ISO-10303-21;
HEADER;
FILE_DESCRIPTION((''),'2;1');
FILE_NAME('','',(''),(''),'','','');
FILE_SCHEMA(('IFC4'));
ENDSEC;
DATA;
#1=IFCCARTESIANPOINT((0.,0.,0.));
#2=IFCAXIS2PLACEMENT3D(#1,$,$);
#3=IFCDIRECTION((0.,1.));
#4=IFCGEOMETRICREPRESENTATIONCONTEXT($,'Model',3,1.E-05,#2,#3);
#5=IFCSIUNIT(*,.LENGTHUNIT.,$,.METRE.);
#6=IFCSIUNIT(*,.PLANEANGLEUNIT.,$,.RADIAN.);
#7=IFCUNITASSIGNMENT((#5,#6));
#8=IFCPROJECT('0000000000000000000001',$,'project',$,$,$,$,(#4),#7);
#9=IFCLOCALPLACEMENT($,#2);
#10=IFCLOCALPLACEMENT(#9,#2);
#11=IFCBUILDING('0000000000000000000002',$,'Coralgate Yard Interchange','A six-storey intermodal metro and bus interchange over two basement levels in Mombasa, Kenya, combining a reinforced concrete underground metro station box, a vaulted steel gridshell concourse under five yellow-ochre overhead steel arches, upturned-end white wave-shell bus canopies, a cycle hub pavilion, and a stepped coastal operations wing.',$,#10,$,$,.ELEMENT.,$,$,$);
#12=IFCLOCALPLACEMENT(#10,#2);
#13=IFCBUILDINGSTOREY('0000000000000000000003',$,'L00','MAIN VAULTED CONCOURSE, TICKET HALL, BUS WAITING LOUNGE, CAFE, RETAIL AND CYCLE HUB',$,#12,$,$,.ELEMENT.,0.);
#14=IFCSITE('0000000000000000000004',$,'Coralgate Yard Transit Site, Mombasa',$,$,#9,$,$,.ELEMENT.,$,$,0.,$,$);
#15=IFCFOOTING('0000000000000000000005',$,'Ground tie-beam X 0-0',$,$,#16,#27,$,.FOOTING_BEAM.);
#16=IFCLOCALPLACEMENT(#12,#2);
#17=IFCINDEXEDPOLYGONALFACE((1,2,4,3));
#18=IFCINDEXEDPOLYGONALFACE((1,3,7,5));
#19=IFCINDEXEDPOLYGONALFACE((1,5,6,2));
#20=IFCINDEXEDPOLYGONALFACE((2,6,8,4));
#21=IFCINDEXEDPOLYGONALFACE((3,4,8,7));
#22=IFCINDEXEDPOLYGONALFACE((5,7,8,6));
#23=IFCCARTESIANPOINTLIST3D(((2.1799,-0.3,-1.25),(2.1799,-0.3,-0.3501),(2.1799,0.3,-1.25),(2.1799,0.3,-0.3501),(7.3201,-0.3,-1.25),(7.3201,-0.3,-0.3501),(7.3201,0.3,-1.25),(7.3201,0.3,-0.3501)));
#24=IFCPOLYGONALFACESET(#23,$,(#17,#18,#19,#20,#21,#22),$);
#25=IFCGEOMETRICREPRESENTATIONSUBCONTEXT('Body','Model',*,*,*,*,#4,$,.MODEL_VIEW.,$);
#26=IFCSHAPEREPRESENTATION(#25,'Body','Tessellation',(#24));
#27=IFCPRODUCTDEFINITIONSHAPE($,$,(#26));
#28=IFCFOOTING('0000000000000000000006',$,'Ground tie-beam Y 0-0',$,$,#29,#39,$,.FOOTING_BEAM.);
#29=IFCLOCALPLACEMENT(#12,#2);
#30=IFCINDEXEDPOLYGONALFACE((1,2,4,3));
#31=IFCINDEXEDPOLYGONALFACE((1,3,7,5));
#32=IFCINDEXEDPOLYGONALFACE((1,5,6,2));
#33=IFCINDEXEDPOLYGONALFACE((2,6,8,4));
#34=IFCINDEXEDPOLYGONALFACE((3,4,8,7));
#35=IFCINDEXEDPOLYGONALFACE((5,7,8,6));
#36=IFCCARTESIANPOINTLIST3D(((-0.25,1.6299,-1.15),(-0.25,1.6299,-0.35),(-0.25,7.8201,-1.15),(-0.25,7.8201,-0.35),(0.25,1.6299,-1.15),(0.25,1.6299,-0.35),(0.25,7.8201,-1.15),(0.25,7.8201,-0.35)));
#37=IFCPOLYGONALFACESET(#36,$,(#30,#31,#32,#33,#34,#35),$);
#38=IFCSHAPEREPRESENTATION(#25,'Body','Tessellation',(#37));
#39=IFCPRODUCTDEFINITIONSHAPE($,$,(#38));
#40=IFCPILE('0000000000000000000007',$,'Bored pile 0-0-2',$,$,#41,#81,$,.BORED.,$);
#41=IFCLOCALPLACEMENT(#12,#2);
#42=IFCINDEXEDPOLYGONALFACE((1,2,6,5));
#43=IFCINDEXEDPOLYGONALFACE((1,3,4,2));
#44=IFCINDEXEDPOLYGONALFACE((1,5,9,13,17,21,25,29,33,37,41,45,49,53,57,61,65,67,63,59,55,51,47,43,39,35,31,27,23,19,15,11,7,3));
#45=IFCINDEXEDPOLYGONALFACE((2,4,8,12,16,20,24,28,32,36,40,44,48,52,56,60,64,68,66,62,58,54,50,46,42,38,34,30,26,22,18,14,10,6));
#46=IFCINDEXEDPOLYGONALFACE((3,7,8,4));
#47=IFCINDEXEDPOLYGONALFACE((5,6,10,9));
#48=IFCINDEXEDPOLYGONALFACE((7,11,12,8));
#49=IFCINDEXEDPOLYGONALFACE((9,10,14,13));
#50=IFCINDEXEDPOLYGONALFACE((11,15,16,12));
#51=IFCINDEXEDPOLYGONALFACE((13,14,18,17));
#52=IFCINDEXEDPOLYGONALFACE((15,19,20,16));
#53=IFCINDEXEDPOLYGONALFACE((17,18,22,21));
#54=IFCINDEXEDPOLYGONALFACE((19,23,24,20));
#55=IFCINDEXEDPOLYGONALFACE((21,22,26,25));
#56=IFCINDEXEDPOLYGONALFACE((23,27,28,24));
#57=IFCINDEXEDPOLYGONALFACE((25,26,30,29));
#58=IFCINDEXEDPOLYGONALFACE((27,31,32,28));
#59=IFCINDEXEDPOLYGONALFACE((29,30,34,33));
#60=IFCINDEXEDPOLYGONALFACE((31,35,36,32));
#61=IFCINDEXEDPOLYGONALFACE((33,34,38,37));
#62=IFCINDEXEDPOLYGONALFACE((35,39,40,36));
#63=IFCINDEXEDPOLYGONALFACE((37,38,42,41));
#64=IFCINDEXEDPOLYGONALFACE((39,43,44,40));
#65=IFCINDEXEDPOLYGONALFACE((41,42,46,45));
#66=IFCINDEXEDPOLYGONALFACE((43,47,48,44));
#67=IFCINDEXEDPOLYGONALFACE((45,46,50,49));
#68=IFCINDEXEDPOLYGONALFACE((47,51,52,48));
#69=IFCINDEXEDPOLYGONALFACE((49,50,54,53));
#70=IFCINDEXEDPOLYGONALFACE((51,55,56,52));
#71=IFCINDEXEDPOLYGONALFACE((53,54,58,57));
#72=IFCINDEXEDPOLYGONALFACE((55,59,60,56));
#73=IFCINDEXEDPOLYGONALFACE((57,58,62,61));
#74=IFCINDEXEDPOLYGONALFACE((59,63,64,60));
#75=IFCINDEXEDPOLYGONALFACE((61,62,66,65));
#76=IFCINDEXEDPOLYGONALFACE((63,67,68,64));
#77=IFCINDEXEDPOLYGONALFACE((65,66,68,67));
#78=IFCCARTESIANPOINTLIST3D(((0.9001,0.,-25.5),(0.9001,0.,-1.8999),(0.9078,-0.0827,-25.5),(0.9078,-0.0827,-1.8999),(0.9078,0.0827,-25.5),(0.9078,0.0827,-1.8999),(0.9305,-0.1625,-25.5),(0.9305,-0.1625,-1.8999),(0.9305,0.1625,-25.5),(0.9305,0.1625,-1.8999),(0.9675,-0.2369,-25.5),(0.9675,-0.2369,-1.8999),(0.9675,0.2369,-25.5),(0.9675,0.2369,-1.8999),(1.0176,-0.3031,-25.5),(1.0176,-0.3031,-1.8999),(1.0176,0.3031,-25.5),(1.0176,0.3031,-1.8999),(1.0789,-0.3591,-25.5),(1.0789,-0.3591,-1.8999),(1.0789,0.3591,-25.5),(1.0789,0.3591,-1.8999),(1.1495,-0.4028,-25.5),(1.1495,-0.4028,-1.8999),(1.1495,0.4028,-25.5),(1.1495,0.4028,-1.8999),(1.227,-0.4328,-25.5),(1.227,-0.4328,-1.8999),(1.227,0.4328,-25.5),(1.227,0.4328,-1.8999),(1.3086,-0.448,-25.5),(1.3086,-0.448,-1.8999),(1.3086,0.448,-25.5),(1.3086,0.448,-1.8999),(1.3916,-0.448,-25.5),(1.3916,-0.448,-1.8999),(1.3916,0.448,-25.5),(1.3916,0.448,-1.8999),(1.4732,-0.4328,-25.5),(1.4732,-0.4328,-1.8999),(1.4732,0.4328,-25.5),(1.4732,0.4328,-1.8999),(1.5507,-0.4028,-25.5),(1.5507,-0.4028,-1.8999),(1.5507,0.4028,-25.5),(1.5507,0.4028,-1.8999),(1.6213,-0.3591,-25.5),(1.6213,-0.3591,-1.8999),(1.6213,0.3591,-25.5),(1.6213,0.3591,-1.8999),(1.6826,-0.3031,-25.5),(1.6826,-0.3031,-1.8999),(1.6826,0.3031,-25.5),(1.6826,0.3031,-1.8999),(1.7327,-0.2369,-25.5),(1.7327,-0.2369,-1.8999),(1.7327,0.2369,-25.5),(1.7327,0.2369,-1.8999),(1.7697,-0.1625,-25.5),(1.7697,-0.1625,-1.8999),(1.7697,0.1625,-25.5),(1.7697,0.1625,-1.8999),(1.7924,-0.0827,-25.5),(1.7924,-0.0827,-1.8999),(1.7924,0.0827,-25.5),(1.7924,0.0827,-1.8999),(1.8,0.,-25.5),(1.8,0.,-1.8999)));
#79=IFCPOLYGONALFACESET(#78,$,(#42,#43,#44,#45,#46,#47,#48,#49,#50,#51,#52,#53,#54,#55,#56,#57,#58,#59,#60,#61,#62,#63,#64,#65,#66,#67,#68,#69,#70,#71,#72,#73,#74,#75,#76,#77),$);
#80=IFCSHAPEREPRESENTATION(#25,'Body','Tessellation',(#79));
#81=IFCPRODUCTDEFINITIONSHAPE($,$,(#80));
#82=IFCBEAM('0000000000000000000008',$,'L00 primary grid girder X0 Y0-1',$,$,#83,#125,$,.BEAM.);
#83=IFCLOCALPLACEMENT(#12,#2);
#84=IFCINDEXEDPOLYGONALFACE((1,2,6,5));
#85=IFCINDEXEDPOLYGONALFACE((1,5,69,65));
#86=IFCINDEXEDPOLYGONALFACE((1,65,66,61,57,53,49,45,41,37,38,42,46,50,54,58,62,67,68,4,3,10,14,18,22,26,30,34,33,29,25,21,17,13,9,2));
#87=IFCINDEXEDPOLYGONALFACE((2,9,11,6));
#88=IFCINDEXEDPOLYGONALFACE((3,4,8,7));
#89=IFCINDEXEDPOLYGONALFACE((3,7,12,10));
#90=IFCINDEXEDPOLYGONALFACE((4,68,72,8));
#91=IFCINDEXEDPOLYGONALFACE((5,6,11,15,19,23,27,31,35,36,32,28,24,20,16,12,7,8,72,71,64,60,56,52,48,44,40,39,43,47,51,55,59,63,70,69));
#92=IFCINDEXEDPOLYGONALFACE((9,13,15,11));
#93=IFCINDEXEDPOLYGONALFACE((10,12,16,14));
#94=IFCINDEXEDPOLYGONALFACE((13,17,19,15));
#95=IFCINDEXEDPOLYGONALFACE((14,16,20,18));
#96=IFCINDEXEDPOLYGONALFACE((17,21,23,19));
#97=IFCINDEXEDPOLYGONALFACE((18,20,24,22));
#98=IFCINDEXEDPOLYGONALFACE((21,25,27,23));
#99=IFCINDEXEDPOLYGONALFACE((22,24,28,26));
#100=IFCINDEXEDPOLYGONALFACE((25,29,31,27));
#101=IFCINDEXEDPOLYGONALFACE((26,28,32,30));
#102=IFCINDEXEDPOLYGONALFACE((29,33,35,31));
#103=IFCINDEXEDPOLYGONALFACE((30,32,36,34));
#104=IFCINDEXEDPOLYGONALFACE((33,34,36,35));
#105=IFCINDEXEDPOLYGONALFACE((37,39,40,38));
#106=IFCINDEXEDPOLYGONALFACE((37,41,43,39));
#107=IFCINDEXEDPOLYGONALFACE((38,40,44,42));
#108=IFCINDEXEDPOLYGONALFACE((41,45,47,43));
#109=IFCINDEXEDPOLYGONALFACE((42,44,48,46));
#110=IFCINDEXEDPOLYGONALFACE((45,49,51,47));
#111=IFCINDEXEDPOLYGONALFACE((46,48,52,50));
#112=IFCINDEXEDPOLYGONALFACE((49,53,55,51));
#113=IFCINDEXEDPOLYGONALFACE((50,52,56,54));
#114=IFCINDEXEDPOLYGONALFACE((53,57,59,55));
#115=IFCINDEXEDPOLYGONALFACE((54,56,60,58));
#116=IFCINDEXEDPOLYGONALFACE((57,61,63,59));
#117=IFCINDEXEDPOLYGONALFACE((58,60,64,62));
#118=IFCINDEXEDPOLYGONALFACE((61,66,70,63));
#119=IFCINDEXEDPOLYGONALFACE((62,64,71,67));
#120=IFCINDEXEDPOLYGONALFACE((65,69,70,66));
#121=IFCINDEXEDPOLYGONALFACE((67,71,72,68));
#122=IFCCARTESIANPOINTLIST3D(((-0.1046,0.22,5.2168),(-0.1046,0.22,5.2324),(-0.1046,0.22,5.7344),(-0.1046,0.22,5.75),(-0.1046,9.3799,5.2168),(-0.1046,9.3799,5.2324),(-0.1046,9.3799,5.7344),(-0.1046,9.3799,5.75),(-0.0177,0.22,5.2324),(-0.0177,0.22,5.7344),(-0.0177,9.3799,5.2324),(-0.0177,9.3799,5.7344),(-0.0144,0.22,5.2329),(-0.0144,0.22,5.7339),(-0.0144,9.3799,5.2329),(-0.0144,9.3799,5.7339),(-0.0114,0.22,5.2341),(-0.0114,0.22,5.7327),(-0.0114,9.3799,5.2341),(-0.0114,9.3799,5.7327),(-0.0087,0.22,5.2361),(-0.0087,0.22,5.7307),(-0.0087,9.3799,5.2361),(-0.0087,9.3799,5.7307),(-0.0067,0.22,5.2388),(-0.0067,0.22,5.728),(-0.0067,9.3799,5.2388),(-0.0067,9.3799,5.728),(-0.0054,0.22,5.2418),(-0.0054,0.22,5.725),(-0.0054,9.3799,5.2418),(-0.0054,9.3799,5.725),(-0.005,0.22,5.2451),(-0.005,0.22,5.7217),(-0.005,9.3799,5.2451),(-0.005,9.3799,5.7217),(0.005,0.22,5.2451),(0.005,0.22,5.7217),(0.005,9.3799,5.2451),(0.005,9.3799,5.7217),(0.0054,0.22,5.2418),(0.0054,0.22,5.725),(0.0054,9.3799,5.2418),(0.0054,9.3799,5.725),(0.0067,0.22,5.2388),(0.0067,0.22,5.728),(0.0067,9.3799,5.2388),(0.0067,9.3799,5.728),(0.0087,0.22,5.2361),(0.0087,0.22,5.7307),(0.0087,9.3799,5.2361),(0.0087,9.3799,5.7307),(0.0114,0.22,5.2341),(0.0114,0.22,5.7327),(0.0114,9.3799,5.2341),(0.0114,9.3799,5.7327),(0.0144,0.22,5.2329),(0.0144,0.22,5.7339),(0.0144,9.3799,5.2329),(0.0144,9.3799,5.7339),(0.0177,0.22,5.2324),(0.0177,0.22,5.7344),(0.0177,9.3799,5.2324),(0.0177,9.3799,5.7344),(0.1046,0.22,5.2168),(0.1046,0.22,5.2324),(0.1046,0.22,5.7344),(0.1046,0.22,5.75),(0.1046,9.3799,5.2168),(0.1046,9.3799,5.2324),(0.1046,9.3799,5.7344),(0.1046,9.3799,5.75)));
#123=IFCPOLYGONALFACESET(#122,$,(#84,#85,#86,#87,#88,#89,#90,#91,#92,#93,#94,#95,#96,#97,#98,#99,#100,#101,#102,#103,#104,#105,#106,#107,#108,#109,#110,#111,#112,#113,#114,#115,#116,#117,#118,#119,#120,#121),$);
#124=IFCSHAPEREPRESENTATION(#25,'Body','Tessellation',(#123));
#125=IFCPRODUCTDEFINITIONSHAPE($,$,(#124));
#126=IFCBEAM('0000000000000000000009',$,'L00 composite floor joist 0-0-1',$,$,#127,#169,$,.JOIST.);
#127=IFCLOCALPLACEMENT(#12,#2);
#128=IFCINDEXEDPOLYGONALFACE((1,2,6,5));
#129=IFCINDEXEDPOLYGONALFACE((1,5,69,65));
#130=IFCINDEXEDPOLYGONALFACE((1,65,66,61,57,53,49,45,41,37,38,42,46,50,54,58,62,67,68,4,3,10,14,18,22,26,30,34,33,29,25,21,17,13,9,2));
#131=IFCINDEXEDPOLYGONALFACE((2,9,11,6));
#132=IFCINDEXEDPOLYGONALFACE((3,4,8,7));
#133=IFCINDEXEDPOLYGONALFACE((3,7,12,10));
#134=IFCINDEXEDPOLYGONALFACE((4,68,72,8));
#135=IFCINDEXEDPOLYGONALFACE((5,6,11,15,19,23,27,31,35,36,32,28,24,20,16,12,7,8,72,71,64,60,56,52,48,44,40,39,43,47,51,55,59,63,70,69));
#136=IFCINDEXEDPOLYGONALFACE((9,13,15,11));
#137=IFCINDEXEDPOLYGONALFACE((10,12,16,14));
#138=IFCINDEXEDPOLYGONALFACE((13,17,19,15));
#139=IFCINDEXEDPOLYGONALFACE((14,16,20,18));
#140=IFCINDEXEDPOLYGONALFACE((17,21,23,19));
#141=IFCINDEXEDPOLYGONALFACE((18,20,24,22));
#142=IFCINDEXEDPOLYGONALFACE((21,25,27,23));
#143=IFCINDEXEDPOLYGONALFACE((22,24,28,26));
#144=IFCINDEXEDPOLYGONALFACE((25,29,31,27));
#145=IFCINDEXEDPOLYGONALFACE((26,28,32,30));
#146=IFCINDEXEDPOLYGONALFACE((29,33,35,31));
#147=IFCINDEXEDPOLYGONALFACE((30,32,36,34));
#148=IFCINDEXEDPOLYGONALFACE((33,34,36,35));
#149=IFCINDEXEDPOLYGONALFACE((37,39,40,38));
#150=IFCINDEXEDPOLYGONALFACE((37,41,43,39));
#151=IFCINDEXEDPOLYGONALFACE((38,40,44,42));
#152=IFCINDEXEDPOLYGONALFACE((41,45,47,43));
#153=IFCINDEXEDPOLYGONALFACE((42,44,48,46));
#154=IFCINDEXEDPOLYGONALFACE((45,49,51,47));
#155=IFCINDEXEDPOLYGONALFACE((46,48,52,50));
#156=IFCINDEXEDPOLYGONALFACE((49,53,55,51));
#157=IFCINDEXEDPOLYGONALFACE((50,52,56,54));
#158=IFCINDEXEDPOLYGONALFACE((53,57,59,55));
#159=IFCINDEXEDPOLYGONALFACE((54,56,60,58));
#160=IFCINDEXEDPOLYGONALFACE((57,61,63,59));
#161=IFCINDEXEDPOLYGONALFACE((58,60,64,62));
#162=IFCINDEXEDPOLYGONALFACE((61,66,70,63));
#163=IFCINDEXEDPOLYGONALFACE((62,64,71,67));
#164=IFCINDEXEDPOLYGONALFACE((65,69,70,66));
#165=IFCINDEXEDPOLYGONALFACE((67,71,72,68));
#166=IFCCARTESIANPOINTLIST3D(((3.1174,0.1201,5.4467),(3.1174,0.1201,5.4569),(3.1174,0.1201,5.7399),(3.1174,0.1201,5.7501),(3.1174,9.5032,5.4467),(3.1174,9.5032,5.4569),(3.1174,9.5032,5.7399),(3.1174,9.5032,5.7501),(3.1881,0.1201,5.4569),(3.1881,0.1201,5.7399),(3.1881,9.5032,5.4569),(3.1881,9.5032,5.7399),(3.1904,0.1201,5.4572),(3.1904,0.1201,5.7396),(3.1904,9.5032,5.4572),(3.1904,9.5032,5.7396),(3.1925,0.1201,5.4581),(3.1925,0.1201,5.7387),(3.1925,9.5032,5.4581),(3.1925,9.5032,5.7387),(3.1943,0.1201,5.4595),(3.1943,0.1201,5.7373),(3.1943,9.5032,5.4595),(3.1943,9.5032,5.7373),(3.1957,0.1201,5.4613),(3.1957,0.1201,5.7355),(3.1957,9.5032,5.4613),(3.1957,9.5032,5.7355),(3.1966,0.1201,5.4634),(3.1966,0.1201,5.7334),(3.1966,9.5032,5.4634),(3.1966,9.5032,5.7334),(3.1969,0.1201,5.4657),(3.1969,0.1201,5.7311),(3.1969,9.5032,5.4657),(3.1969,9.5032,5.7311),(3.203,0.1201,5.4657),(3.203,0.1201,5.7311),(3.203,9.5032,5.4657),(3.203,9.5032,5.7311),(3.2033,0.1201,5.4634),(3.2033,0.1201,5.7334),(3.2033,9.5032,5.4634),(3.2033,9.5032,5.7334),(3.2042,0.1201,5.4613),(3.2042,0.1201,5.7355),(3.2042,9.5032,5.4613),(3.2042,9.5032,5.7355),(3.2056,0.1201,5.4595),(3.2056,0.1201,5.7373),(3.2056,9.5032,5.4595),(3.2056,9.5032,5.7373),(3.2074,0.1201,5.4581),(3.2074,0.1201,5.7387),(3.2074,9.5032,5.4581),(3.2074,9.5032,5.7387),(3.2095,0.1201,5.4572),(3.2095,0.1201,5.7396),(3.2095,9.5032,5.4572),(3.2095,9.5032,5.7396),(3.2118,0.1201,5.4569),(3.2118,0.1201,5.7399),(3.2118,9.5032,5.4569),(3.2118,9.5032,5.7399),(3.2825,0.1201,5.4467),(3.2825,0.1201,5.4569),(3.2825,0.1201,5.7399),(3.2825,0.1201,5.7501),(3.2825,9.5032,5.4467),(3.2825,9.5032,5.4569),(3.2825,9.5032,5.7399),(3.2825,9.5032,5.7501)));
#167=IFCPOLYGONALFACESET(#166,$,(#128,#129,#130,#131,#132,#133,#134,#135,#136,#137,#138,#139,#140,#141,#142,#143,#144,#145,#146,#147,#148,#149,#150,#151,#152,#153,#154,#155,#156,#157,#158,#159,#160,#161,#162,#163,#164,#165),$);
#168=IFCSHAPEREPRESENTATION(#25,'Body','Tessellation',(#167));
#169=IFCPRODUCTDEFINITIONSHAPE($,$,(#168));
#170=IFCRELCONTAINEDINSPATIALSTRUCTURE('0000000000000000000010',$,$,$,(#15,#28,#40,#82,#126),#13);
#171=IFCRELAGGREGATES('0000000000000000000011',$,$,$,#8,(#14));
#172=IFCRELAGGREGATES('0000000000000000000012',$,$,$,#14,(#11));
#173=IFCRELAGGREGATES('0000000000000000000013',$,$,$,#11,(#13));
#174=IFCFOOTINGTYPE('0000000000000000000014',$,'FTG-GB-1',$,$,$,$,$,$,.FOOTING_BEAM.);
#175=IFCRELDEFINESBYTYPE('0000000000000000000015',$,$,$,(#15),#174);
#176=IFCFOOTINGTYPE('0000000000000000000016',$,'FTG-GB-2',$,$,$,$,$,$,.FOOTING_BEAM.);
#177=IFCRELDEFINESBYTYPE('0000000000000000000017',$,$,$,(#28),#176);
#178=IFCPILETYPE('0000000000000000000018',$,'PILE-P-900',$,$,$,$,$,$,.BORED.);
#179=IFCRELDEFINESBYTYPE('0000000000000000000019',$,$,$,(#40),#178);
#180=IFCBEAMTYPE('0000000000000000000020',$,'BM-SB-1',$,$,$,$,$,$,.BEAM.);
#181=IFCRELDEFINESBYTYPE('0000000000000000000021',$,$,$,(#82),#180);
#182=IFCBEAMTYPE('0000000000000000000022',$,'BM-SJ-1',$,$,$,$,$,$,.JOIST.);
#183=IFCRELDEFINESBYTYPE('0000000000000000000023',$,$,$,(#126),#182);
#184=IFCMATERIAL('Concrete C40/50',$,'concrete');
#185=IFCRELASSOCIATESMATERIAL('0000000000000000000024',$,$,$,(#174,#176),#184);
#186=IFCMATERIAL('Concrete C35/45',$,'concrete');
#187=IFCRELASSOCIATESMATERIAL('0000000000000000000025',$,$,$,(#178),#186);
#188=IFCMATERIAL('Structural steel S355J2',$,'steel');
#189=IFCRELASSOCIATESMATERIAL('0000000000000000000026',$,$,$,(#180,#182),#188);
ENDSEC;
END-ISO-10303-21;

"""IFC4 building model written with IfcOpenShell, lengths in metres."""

from ifc_helpers import new_model, si_unit, direction, frame, origin, origin_2d, place, context, subcontext, project, spatial, rectangle, circle, i_section, extrude, material, material_profile, profile_set, type_object, element, save


model = new_model("IFC4")

# Units and contexts
model_context = context("Model", 3, precision=1e-05, world=origin(), true_north=direction((0.0, 1.0)))
body_context = subcontext(model_context, "Body", "Model", "MODEL_VIEW")
ifc_project = project(units=[si_unit("LENGTHUNIT", "METRE"), si_unit("PLANEANGLEUNIT", "RADIAN")], contexts=[model_context])

# Site, building, storey
site_placement = place(None, origin())
site = spatial("IfcSite", under=ifc_project, at=site_placement, Name="Coralgate Yard Transit Site, Mombasa", CompositionType="ELEMENT", RefElevation=0.0)
building_placement = place(site_placement, origin())
building = spatial("IfcBuilding", under=site, at=building_placement, Name="Coralgate Yard Interchange", Description="A six-storey intermodal metro and bus interchange over two basement levels in Mombasa, Kenya, combining a reinforced concrete underground metro station box, a vaulted steel gridshell concourse under five yellow-ochre overhead steel arches, upturned-end white wave-shell bus canopies, a cycle hub pavilion, and a stepped coastal operations wing.", CompositionType="ELEMENT")
storey_placement = place(building_placement, origin())
storey = spatial("IfcBuildingStorey", under=building, at=storey_placement, Name="L00", Description="MAIN VAULTED CONCOURSE, TICKET HALL, BUS WAITING LOUNGE, CAFE, RETAIL AND CYCLE HUB", CompositionType="ELEMENT", Elevation=0.0)

# Footings
ifc_material_1 = material(Name="Concrete C40/50", Category="concrete")
ifc_material_profile_1 = material_profile(ifc_material_1, rectangle(XDim=0.6001, YDim=0.8999, at=origin_2d()), Name="RC 600x900")
ifc_profile_set_1 = profile_set([ifc_material_profile_1], Name="Concrete C40/50")
footing_type_1 = type_object("IfcFootingType", Name="FTG-GB-1", PredefinedType="FOOTING_BEAM", material=ifc_profile_set_1)
footing_1_placement = place(storey_placement, frame((2.1799, 0.0, -0.8), z_axis=(1.0, 0.0, 0.0), x_axis=(0.0, 1.0, 0.0)))
element("IfcFooting", 1, at=footing_1_placement, inside=storey, type_object=footing_type_1, Name="Ground tie-beam X 0-0", PredefinedType="FOOTING_BEAM", context=body_context, shape_type="SweptSolid", body=[
    extrude(rectangle(XDim=0.6001, YDim=0.8999, at=origin_2d()), origin(), (0.0, 0.0, 1.0), 5.1401),
])
ifc_material_profile_2 = material_profile(ifc_material_1, rectangle(XDim=0.5, YDim=0.8, at=origin_2d()), Name="RC 500x800")
ifc_profile_set_2 = profile_set([ifc_material_profile_2], Name="Concrete C40/50")
footing_type_2 = type_object("IfcFootingType", Name="FTG-GB-2", PredefinedType="FOOTING_BEAM", material=ifc_profile_set_2)
footing_2_placement = place(storey_placement, frame((0.0, 1.6299, -0.75), z_axis=(0.0, 1.0, 0.0), x_axis=(-1.0, 0.0, 0.0)))
element("IfcFooting", 2, at=footing_2_placement, inside=storey, type_object=footing_type_2, Name="Ground tie-beam Y 0-0", PredefinedType="FOOTING_BEAM", context=body_context, shape_type="SweptSolid", body=[
    extrude(rectangle(XDim=0.5, YDim=0.8, at=origin_2d()), origin(), (0.0, 0.0, 1.0), 6.1902),
])

# Pile
ifc_material_2 = material(Name="Concrete C35/45", Category="concrete")
ifc_material_profile_3 = material_profile(ifc_material_2, circle(Radius=0.45, at=origin_2d()), Name="BORED PILE D900")
ifc_profile_set_3 = profile_set([ifc_material_profile_3], Name="Concrete C35/45")
pile_type = type_object("IfcPileType", Name="PILE-P-900", PredefinedType="BORED", material=ifc_profile_set_3)
pile_placement = place(storey_placement, frame((1.3501, 0.0, -1.8999), z_axis=(0.0, 0.0, -1.0), x_axis=(1.0, 0.0, 0.0)))
element("IfcPile", 3, at=pile_placement, inside=storey, type_object=pile_type, Name="Bored pile 0-0-2", PredefinedType="BORED", context=body_context, shape_type="SweptSolid", body=[
    extrude(circle(Radius=0.45, at=origin_2d()), origin(), (0.0, 0.0, 1.0), 23.6001),
])

# Beams
ifc_material_3 = material(Name="Structural steel S355J2", Category="steel")
ifc_material_profile_4 = material_profile(ifc_material_3, i_section(OverallWidth=0.2092, OverallDepth=0.5332, WebThickness=0.01, FlangeThickness=0.0156, FilletRadius=0.0127, at=origin_2d()), Name="UB 533x210x92")
ifc_profile_set_4 = profile_set([ifc_material_profile_4], Name="Structural steel S355J2")
beam_type_1 = type_object("IfcBeamType", Name="BM-SB-1", PredefinedType="BEAM", material=ifc_profile_set_4)
beam_1_placement = place(storey_placement, frame((0.0, 0.22, 5.4834), z_axis=(0.0, 1.0, 0.0), x_axis=(-1.0, 0.0, 0.0)))
element("IfcBeam", 4, at=beam_1_placement, inside=storey, type_object=beam_type_1, Name="L00 primary grid girder X0 Y0-1", PredefinedType="BEAM", context=body_context, shape_type="SweptSolid", body=[
    extrude(i_section(OverallWidth=0.2092, OverallDepth=0.5332, WebThickness=0.01, FlangeThickness=0.0156, FilletRadius=0.0127, at=origin_2d()), origin(), (0.0, 0.0, 1.0), 9.1599),
])
ifc_material_profile_5 = material_profile(ifc_material_3, i_section(OverallWidth=0.165, OverallDepth=0.3035, WebThickness=0.0061, FlangeThickness=0.0103, FilletRadius=0.0088, at=origin_2d()), Name="UB 305x165x40")
ifc_profile_set_5 = profile_set([ifc_material_profile_5], Name="Structural steel S355J2")
beam_type_2 = type_object("IfcBeamType", Name="BM-SJ-1", PredefinedType="JOIST", material=ifc_profile_set_5)
beam_2_placement = place(storey_placement, frame((3.2, 0.1201, 5.5984), z_axis=(0.0, 1.0, 0.0), x_axis=(-1.0, 0.0, 0.0)))
element("IfcBeam", 5, at=beam_2_placement, inside=storey, type_object=beam_type_2, Name="L00 composite floor joist 0-0-1", PredefinedType="JOIST", context=body_context, shape_type="SweptSolid", body=[
    extrude(i_section(OverallWidth=0.165, OverallDepth=0.3035, WebThickness=0.0061, FlangeThickness=0.0103, FilletRadius=0.0088, at=origin_2d()), origin(), (0.0, 0.0, 1.0), 9.3831),
])

save(model, "model.ifc")
